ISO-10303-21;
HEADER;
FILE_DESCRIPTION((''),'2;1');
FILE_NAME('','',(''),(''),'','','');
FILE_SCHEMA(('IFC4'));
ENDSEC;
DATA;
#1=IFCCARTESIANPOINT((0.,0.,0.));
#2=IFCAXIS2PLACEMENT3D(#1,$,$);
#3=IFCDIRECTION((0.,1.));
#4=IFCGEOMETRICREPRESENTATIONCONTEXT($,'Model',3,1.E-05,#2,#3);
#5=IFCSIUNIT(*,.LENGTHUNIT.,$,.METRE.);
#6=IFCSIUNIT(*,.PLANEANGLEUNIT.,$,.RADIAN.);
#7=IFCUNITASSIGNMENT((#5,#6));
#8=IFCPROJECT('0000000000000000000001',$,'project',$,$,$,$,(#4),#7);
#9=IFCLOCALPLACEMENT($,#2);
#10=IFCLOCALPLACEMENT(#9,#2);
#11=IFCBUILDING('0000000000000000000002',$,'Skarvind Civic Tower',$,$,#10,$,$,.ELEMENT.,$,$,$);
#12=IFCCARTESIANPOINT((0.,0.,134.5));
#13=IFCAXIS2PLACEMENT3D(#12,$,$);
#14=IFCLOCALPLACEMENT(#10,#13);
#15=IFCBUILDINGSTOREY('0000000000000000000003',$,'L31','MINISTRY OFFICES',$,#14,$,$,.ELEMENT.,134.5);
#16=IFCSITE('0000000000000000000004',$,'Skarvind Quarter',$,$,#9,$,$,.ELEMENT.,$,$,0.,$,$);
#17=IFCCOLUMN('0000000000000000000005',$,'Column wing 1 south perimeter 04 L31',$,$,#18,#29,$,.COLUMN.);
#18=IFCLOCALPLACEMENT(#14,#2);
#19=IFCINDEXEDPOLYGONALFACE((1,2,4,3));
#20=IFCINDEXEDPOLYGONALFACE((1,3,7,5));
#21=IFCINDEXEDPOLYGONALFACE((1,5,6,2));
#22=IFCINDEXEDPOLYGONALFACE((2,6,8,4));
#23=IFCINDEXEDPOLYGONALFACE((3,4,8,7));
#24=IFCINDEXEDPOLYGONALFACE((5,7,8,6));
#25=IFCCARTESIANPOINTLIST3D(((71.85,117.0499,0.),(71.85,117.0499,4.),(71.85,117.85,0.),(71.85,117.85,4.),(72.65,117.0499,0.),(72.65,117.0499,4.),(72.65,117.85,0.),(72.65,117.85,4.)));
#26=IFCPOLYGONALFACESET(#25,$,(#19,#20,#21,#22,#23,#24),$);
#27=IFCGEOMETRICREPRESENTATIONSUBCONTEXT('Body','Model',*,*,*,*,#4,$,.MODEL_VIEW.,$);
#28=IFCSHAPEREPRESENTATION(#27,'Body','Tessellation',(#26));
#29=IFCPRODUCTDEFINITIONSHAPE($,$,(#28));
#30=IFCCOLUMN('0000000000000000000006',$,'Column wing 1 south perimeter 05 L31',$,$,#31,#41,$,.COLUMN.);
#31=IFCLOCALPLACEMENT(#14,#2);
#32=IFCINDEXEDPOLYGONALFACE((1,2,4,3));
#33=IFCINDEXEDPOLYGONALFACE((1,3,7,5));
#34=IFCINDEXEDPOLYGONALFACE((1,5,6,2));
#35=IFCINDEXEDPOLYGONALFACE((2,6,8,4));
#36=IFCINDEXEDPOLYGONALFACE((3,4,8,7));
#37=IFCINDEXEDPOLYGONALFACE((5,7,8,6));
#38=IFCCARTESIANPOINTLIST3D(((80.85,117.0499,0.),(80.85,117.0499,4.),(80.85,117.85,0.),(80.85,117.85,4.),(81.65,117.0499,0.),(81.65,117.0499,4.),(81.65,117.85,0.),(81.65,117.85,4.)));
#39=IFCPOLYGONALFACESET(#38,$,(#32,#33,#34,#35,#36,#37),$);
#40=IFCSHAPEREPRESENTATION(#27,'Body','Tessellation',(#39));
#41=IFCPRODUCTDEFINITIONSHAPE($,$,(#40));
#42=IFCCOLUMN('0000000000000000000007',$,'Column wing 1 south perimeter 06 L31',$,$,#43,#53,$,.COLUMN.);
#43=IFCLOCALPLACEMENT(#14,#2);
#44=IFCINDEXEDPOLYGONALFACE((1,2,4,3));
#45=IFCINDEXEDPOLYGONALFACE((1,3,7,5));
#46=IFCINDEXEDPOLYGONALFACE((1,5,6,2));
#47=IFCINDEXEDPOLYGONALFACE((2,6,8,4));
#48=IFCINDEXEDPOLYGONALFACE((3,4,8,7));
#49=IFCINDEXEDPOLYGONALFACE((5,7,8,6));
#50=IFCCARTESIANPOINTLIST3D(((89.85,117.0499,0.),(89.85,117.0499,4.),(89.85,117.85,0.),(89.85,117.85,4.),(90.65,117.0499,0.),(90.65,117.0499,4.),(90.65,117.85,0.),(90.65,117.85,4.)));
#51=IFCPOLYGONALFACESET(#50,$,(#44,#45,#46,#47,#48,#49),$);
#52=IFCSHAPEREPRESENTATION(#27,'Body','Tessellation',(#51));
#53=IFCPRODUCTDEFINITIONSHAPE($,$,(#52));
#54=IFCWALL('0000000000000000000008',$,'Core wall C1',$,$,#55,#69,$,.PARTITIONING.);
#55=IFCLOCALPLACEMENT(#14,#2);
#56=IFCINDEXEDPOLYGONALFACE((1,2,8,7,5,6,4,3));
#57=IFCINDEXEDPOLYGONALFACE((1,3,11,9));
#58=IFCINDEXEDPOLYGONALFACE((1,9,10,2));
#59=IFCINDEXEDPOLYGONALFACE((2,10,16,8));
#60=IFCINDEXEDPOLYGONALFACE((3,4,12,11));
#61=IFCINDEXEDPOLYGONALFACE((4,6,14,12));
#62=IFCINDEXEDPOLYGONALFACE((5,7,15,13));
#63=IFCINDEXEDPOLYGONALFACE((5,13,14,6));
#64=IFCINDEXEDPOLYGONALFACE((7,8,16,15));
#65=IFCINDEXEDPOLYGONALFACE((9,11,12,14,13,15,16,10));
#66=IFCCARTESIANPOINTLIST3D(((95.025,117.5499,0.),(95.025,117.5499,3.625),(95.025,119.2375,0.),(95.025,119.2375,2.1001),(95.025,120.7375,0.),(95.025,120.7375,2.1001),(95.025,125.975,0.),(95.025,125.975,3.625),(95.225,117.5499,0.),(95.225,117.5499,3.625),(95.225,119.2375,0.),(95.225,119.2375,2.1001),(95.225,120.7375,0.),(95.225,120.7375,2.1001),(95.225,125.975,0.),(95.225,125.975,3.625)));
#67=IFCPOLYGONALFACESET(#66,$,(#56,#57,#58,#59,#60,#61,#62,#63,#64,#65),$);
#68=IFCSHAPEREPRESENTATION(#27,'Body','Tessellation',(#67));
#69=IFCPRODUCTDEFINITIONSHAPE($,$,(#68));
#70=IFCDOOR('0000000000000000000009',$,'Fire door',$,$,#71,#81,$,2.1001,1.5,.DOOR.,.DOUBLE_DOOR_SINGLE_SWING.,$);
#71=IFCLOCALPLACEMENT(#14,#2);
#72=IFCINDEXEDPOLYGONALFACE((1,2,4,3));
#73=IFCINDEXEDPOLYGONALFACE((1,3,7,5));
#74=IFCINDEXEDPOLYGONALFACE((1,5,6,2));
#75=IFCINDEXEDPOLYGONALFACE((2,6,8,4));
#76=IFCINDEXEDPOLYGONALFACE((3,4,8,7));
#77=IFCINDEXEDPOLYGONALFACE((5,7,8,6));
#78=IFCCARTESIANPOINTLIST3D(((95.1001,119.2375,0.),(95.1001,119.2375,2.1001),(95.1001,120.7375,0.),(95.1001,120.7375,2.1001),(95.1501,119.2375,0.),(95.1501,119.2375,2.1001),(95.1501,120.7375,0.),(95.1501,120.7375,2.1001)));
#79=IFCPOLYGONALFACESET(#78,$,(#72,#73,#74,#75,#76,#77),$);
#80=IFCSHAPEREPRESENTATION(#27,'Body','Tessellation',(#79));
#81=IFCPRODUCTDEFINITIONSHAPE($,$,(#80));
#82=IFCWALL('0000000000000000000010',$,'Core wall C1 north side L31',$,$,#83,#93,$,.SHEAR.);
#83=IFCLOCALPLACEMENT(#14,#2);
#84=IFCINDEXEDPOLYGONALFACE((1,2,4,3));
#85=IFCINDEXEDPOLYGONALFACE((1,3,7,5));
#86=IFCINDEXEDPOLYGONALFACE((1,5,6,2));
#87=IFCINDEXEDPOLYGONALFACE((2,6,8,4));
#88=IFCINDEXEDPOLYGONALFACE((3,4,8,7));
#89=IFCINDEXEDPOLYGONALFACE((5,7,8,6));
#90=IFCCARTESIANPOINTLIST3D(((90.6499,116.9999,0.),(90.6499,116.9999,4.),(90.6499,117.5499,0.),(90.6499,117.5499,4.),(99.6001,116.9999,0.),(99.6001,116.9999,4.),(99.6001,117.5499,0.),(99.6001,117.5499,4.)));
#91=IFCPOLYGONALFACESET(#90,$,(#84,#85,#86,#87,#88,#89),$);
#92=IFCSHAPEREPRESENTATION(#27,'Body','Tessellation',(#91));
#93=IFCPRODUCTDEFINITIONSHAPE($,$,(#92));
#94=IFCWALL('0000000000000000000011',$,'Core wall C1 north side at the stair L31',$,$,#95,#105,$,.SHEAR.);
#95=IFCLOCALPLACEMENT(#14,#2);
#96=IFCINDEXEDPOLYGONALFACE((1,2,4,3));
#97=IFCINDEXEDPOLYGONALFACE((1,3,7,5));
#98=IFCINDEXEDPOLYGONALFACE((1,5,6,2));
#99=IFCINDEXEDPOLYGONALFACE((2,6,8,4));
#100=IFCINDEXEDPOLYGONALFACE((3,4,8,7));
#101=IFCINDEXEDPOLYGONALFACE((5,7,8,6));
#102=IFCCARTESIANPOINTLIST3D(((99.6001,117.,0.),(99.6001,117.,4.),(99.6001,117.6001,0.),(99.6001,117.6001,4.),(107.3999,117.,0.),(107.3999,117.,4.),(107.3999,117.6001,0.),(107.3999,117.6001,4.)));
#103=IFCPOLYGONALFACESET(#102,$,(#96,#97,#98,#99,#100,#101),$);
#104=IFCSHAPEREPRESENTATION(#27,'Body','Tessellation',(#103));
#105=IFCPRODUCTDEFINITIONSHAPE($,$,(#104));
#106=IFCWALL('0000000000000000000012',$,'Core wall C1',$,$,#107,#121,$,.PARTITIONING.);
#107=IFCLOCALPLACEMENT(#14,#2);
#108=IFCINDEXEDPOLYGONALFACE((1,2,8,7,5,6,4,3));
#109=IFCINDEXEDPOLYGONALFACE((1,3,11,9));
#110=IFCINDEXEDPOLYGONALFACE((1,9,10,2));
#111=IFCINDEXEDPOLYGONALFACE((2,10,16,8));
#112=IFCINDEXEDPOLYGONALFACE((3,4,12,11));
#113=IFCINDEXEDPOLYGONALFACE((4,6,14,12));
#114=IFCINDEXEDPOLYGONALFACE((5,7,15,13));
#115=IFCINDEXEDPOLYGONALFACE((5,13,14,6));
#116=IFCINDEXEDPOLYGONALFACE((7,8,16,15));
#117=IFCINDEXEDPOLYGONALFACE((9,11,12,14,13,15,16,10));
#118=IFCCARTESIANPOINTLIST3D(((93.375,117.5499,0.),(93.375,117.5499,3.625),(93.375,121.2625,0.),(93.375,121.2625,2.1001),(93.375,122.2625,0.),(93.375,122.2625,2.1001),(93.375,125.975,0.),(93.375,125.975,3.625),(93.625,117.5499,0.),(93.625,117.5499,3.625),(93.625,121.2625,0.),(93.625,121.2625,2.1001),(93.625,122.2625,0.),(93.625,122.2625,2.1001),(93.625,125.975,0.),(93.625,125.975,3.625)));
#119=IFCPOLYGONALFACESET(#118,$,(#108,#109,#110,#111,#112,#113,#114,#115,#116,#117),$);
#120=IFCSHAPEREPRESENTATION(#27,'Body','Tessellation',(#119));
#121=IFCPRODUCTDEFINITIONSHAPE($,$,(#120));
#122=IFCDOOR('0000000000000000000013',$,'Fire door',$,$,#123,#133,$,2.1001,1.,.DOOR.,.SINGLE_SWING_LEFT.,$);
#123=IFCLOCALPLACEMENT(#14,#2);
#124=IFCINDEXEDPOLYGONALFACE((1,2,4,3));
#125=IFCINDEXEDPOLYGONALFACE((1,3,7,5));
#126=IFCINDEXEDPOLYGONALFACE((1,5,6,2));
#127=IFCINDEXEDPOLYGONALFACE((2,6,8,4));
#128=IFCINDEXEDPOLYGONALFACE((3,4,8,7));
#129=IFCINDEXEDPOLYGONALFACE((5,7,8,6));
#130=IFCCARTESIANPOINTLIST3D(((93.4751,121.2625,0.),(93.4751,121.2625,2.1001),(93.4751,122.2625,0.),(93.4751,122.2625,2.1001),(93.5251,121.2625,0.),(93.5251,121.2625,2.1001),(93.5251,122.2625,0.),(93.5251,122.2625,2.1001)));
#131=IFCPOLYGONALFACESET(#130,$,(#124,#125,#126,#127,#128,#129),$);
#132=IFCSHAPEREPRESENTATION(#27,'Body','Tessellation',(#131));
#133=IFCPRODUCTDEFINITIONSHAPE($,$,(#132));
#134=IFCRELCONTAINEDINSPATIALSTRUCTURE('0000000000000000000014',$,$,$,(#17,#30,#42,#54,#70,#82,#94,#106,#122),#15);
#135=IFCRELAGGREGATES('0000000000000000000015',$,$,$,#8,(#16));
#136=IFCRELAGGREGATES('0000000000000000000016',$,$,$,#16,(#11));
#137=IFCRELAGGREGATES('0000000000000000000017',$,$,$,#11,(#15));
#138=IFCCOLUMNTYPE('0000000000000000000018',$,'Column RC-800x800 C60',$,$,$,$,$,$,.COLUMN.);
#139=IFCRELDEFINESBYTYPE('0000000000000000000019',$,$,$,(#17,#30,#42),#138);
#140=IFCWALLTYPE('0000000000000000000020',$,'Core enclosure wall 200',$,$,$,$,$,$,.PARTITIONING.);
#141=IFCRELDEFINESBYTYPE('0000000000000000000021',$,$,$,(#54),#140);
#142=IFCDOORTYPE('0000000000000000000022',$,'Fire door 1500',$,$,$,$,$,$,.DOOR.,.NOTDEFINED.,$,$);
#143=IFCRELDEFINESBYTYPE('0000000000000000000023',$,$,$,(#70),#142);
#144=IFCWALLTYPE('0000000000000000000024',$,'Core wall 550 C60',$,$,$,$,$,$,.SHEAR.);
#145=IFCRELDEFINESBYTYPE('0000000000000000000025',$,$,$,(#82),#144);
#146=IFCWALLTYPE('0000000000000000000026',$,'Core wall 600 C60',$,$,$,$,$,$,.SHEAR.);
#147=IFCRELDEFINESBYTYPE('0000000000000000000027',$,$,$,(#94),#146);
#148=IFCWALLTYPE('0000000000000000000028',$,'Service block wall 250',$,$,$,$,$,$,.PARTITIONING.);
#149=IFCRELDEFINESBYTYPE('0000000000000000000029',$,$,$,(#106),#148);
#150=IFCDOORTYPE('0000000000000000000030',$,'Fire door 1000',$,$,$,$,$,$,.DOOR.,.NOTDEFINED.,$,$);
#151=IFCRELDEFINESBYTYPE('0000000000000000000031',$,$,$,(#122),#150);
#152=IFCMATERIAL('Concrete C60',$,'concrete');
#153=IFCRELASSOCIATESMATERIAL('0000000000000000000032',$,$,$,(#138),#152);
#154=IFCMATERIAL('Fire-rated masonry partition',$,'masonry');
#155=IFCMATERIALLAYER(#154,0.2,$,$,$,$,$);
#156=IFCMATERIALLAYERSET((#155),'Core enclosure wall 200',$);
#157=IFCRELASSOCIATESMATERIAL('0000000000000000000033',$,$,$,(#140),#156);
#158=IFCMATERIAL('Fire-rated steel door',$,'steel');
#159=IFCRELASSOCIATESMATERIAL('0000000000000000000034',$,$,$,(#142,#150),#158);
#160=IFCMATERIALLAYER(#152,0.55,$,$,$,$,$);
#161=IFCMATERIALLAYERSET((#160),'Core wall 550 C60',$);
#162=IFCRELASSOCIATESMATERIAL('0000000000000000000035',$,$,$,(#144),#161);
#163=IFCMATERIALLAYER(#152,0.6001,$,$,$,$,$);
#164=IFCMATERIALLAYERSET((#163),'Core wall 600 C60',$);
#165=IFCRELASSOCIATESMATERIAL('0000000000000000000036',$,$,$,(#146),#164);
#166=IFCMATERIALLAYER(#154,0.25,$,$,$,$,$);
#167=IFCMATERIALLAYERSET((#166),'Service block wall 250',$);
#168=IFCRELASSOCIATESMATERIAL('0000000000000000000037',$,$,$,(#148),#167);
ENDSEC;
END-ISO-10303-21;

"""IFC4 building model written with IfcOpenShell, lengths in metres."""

from ifc_helpers import new_model, si_unit, direction, frame, frame_2d, origin, origin_2d, place, context, subcontext, project, spatial, rectangle, extrude, material, layer, layer_set, material_profile, profile_set, type_object, element, fill, save


model = new_model("IFC4")

# Units and contexts
model_context = context("Model", 3, precision=1e-05, world=origin(), true_north=direction((0.0, 1.0)))
body_context = subcontext(model_context, "Body", "Model", "MODEL_VIEW")
ifc_project = project(units=[si_unit("LENGTHUNIT", "METRE"), si_unit("PLANEANGLEUNIT", "RADIAN")], contexts=[model_context])

# Site, building, storey
site_placement = place(None, origin())
site = spatial("IfcSite", under=ifc_project, at=site_placement, Name="Skarvind Quarter", CompositionType="ELEMENT", RefElevation=0.0)
building_placement = place(site_placement, origin())
building = spatial("IfcBuilding", under=site, at=building_placement, Name="Skarvind Civic Tower", CompositionType="ELEMENT")
storey_placement = place(building_placement, frame((0.0, 0.0, 134.5)))
storey = spatial("IfcBuildingStorey", under=building, at=storey_placement, Name="L31", Description="MINISTRY OFFICES", CompositionType="ELEMENT", Elevation=134.5)

# Columns
ifc_material_1 = material(Name="Concrete C60", Category="concrete")
ifc_material_profile_1 = material_profile(ifc_material_1, rectangle(XDim=0.8, YDim=0.8, at=origin_2d()), Name="RC-800x800")
ifc_profile_set_1 = profile_set([ifc_material_profile_1], Name="Concrete C60")
column_type = type_object("IfcColumnType", Name="Column RC-800x800 C60", PredefinedType="COLUMN", material=ifc_profile_set_1)
for number, where, z_axis, x_axis, name in (
    (1, (72.25, 117.45, 0.0), (0.0, 0.0, 1.0), (1.0, 0.0, 0.0), "Column wing 1 south perimeter 04 L31"),
    (2, (81.25, 117.45, 0.0), (0.0, 0.0, 1.0), (1.0, 0.0, 0.0), "Column wing 1 south perimeter 05 L31"),
    (3, (90.25, 117.45, 0.0), (0.0, 0.0, 1.0), (1.0, 0.0, 0.0), "Column wing 1 south perimeter 06 L31"),
):
    element("IfcColumn", number, at=place(storey_placement, frame(where, z_axis=z_axis, x_axis=x_axis)), inside=storey, type_object=column_type, Name=name, PredefinedType="COLUMN", context=body_context, shape_type="SweptSolid", body=[
        extrude(rectangle(XDim=0.8, YDim=0.8, at=origin_2d()), origin(), (0.0, 0.0, 1.0), 4.0),
    ])

# Wall, opening, door
ifc_material_2 = material(Name="Fire-rated masonry partition", Category="masonry")
ifc_layer_1 = layer(ifc_material_2, 0.2)
ifc_layer_set_1 = layer_set([ifc_layer_1], Name="Core enclosure wall 200")
wall_type_1 = type_object("IfcWallType", Name="Core enclosure wall 200", PredefinedType="PARTITIONING", material=ifc_layer_set_1)
wall_1_placement = place(storey_placement, frame((95.125, 117.55, 0.0), z_axis=(0.0, 0.0, 1.0), x_axis=(0.0, 1.0, 0.0)))
wall_1 = element("IfcWall", 4, at=wall_1_placement, inside=storey, type_object=wall_type_1, Name="Core wall C1", PredefinedType="PARTITIONING", context=body_context, shape_type="SweptSolid", body=[
    extrude(rectangle(XDim=8.425, YDim=0.2, at=frame_2d((4.2124, 0.0))), origin(), (0.0, 0.0, 1.0), 3.625),
])
opening_1_placement = place(wall_1_placement, frame((1.6875, 0.0, 0.0)))
opening_1 = element("IfcOpeningElement", 5, at=opening_1_placement, cuts=wall_1, PredefinedType="OPENING", context=body_context, shape_type="SweptSolid", body=[
    extrude(rectangle(XDim=1.5, YDim=2.1001, at=frame_2d((0.75, 1.05))), frame((0.0, 0.1099, 0.0), z_axis=(0.0, -1.0, 0.0), x_axis=(1.0, 0.0, 0.0)), (0.0, 0.0, 1.0), 0.22),
])
ifc_material_3 = material(Name="Fire-rated steel door", Category="steel")
door_type_1 = type_object("IfcDoorType", Name="Fire door 1500", OperationType="NOTDEFINED", PredefinedType="DOOR", material=ifc_material_3)
door_1_placement = place(opening_1_placement, origin())
door_1 = element("IfcDoor", 6, at=door_1_placement, inside=storey, type_object=door_type_1, Name="Fire door", OperationType="DOUBLE_DOOR_SINGLE_SWING", OverallHeight=2.1001, OverallWidth=1.5, PredefinedType="DOOR", context=body_context, shape_type="SweptSolid", body=[
    extrude(rectangle(XDim=1.5, YDim=2.1001, at=frame_2d((0.75, 1.05))), frame((0.0, 0.0249, 0.0), z_axis=(0.0, -1.0, 0.0), x_axis=(1.0, 0.0, 0.0)), (0.0, 0.0, 1.0), 0.05),
])
fill(opening_1, door_1)

# Walls
ifc_layer_2 = layer(ifc_material_1, 0.55)
ifc_layer_set_2 = layer_set([ifc_layer_2], Name="Core wall 550 C60")
wall_type_2 = type_object("IfcWallType", Name="Core wall 550 C60", PredefinedType="SHEAR", material=ifc_layer_set_2)
wall_2_placement = place(storey_placement, frame((99.6001, 117.2749, 0.0), z_axis=(0.0, 0.0, 1.0), x_axis=(-1.0, 0.0, 0.0)))
element("IfcWall", 7, at=wall_2_placement, inside=storey, type_object=wall_type_2, Name="Core wall C1 north side L31", PredefinedType="SHEAR", context=body_context, shape_type="SweptSolid", body=[
    extrude(rectangle(XDim=8.9502, YDim=0.55, at=frame_2d((4.4751, 0.0))), origin(), (0.0, 0.0, 1.0), 4.0),
])
ifc_layer_3 = layer(ifc_material_1, 0.6001)
ifc_layer_set_3 = layer_set([ifc_layer_3], Name="Core wall 600 C60")
wall_type_3 = type_object("IfcWallType", Name="Core wall 600 C60", PredefinedType="SHEAR", material=ifc_layer_set_3)
wall_3_placement = place(storey_placement, frame((107.3999, 117.3, 0.0), z_axis=(0.0, 0.0, 1.0), x_axis=(-1.0, 0.0, 0.0)))
element("IfcWall", 8, at=wall_3_placement, inside=storey, type_object=wall_type_3, Name="Core wall C1 north side at the stair L31", PredefinedType="SHEAR", context=body_context, shape_type="SweptSolid", body=[
    extrude(rectangle(XDim=7.7998, YDim=0.6001, at=frame_2d((3.8999, 0.0))), origin(), (0.0, 0.0, 1.0), 4.0),
])

# Wall, opening, door
ifc_layer_4 = layer(ifc_material_2, 0.25)
ifc_layer_set_4 = layer_set([ifc_layer_4], Name="Service block wall 250")
wall_type_4 = type_object("IfcWallType", Name="Service block wall 250", PredefinedType="PARTITIONING", material=ifc_layer_set_4)
wall_4_placement = place(storey_placement, frame((93.5, 117.55, 0.0), z_axis=(0.0, 0.0, 1.0), x_axis=(0.0, 1.0, 0.0)))
wall_4 = element("IfcWall", 9, at=wall_4_placement, inside=storey, type_object=wall_type_4, Name="Core wall C1", PredefinedType="PARTITIONING", context=body_context, shape_type="SweptSolid", body=[
    extrude(rectangle(XDim=8.425, YDim=0.25, at=frame_2d((4.2124, 0.0))), origin(), (0.0, 0.0, 1.0), 3.625),
])
opening_2_placement = place(wall_4_placement, frame((3.7124, 0.0, 0.0)))
opening_2 = element("IfcOpeningElement", 10, at=opening_2_placement, cuts=wall_4, PredefinedType="OPENING", context=body_context, shape_type="SweptSolid", body=[
    extrude(rectangle(XDim=1.0, YDim=2.1001, at=frame_2d((0.5, 1.05))), frame((0.0, 0.135, 0.0), z_axis=(0.0, -1.0, 0.0), x_axis=(1.0, 0.0, 0.0)), (0.0, 0.0, 1.0), 0.27),
])
door_type_2 = type_object("IfcDoorType", Name="Fire door 1000", OperationType="NOTDEFINED", PredefinedType="DOOR", material=ifc_material_3)
door_2_placement = place(opening_2_placement, origin())
door_2 = element("IfcDoor", 11, at=door_2_placement, inside=storey, type_object=door_type_2, Name="Fire door", OperationType="SINGLE_SWING_LEFT", OverallHeight=2.1001, OverallWidth=1.0, PredefinedType="DOOR", context=body_context, shape_type="SweptSolid", body=[
    extrude(rectangle(XDim=1.0, YDim=2.1001, at=frame_2d((0.5, 1.05))), frame((0.0, 0.0249, 0.0), z_axis=(0.0, -1.0, 0.0), x_axis=(1.0, 0.0, 0.0)), (0.0, 0.0, 1.0), 0.05),
])
fill(opening_2, door_2)

save(model, "model.ifc")
